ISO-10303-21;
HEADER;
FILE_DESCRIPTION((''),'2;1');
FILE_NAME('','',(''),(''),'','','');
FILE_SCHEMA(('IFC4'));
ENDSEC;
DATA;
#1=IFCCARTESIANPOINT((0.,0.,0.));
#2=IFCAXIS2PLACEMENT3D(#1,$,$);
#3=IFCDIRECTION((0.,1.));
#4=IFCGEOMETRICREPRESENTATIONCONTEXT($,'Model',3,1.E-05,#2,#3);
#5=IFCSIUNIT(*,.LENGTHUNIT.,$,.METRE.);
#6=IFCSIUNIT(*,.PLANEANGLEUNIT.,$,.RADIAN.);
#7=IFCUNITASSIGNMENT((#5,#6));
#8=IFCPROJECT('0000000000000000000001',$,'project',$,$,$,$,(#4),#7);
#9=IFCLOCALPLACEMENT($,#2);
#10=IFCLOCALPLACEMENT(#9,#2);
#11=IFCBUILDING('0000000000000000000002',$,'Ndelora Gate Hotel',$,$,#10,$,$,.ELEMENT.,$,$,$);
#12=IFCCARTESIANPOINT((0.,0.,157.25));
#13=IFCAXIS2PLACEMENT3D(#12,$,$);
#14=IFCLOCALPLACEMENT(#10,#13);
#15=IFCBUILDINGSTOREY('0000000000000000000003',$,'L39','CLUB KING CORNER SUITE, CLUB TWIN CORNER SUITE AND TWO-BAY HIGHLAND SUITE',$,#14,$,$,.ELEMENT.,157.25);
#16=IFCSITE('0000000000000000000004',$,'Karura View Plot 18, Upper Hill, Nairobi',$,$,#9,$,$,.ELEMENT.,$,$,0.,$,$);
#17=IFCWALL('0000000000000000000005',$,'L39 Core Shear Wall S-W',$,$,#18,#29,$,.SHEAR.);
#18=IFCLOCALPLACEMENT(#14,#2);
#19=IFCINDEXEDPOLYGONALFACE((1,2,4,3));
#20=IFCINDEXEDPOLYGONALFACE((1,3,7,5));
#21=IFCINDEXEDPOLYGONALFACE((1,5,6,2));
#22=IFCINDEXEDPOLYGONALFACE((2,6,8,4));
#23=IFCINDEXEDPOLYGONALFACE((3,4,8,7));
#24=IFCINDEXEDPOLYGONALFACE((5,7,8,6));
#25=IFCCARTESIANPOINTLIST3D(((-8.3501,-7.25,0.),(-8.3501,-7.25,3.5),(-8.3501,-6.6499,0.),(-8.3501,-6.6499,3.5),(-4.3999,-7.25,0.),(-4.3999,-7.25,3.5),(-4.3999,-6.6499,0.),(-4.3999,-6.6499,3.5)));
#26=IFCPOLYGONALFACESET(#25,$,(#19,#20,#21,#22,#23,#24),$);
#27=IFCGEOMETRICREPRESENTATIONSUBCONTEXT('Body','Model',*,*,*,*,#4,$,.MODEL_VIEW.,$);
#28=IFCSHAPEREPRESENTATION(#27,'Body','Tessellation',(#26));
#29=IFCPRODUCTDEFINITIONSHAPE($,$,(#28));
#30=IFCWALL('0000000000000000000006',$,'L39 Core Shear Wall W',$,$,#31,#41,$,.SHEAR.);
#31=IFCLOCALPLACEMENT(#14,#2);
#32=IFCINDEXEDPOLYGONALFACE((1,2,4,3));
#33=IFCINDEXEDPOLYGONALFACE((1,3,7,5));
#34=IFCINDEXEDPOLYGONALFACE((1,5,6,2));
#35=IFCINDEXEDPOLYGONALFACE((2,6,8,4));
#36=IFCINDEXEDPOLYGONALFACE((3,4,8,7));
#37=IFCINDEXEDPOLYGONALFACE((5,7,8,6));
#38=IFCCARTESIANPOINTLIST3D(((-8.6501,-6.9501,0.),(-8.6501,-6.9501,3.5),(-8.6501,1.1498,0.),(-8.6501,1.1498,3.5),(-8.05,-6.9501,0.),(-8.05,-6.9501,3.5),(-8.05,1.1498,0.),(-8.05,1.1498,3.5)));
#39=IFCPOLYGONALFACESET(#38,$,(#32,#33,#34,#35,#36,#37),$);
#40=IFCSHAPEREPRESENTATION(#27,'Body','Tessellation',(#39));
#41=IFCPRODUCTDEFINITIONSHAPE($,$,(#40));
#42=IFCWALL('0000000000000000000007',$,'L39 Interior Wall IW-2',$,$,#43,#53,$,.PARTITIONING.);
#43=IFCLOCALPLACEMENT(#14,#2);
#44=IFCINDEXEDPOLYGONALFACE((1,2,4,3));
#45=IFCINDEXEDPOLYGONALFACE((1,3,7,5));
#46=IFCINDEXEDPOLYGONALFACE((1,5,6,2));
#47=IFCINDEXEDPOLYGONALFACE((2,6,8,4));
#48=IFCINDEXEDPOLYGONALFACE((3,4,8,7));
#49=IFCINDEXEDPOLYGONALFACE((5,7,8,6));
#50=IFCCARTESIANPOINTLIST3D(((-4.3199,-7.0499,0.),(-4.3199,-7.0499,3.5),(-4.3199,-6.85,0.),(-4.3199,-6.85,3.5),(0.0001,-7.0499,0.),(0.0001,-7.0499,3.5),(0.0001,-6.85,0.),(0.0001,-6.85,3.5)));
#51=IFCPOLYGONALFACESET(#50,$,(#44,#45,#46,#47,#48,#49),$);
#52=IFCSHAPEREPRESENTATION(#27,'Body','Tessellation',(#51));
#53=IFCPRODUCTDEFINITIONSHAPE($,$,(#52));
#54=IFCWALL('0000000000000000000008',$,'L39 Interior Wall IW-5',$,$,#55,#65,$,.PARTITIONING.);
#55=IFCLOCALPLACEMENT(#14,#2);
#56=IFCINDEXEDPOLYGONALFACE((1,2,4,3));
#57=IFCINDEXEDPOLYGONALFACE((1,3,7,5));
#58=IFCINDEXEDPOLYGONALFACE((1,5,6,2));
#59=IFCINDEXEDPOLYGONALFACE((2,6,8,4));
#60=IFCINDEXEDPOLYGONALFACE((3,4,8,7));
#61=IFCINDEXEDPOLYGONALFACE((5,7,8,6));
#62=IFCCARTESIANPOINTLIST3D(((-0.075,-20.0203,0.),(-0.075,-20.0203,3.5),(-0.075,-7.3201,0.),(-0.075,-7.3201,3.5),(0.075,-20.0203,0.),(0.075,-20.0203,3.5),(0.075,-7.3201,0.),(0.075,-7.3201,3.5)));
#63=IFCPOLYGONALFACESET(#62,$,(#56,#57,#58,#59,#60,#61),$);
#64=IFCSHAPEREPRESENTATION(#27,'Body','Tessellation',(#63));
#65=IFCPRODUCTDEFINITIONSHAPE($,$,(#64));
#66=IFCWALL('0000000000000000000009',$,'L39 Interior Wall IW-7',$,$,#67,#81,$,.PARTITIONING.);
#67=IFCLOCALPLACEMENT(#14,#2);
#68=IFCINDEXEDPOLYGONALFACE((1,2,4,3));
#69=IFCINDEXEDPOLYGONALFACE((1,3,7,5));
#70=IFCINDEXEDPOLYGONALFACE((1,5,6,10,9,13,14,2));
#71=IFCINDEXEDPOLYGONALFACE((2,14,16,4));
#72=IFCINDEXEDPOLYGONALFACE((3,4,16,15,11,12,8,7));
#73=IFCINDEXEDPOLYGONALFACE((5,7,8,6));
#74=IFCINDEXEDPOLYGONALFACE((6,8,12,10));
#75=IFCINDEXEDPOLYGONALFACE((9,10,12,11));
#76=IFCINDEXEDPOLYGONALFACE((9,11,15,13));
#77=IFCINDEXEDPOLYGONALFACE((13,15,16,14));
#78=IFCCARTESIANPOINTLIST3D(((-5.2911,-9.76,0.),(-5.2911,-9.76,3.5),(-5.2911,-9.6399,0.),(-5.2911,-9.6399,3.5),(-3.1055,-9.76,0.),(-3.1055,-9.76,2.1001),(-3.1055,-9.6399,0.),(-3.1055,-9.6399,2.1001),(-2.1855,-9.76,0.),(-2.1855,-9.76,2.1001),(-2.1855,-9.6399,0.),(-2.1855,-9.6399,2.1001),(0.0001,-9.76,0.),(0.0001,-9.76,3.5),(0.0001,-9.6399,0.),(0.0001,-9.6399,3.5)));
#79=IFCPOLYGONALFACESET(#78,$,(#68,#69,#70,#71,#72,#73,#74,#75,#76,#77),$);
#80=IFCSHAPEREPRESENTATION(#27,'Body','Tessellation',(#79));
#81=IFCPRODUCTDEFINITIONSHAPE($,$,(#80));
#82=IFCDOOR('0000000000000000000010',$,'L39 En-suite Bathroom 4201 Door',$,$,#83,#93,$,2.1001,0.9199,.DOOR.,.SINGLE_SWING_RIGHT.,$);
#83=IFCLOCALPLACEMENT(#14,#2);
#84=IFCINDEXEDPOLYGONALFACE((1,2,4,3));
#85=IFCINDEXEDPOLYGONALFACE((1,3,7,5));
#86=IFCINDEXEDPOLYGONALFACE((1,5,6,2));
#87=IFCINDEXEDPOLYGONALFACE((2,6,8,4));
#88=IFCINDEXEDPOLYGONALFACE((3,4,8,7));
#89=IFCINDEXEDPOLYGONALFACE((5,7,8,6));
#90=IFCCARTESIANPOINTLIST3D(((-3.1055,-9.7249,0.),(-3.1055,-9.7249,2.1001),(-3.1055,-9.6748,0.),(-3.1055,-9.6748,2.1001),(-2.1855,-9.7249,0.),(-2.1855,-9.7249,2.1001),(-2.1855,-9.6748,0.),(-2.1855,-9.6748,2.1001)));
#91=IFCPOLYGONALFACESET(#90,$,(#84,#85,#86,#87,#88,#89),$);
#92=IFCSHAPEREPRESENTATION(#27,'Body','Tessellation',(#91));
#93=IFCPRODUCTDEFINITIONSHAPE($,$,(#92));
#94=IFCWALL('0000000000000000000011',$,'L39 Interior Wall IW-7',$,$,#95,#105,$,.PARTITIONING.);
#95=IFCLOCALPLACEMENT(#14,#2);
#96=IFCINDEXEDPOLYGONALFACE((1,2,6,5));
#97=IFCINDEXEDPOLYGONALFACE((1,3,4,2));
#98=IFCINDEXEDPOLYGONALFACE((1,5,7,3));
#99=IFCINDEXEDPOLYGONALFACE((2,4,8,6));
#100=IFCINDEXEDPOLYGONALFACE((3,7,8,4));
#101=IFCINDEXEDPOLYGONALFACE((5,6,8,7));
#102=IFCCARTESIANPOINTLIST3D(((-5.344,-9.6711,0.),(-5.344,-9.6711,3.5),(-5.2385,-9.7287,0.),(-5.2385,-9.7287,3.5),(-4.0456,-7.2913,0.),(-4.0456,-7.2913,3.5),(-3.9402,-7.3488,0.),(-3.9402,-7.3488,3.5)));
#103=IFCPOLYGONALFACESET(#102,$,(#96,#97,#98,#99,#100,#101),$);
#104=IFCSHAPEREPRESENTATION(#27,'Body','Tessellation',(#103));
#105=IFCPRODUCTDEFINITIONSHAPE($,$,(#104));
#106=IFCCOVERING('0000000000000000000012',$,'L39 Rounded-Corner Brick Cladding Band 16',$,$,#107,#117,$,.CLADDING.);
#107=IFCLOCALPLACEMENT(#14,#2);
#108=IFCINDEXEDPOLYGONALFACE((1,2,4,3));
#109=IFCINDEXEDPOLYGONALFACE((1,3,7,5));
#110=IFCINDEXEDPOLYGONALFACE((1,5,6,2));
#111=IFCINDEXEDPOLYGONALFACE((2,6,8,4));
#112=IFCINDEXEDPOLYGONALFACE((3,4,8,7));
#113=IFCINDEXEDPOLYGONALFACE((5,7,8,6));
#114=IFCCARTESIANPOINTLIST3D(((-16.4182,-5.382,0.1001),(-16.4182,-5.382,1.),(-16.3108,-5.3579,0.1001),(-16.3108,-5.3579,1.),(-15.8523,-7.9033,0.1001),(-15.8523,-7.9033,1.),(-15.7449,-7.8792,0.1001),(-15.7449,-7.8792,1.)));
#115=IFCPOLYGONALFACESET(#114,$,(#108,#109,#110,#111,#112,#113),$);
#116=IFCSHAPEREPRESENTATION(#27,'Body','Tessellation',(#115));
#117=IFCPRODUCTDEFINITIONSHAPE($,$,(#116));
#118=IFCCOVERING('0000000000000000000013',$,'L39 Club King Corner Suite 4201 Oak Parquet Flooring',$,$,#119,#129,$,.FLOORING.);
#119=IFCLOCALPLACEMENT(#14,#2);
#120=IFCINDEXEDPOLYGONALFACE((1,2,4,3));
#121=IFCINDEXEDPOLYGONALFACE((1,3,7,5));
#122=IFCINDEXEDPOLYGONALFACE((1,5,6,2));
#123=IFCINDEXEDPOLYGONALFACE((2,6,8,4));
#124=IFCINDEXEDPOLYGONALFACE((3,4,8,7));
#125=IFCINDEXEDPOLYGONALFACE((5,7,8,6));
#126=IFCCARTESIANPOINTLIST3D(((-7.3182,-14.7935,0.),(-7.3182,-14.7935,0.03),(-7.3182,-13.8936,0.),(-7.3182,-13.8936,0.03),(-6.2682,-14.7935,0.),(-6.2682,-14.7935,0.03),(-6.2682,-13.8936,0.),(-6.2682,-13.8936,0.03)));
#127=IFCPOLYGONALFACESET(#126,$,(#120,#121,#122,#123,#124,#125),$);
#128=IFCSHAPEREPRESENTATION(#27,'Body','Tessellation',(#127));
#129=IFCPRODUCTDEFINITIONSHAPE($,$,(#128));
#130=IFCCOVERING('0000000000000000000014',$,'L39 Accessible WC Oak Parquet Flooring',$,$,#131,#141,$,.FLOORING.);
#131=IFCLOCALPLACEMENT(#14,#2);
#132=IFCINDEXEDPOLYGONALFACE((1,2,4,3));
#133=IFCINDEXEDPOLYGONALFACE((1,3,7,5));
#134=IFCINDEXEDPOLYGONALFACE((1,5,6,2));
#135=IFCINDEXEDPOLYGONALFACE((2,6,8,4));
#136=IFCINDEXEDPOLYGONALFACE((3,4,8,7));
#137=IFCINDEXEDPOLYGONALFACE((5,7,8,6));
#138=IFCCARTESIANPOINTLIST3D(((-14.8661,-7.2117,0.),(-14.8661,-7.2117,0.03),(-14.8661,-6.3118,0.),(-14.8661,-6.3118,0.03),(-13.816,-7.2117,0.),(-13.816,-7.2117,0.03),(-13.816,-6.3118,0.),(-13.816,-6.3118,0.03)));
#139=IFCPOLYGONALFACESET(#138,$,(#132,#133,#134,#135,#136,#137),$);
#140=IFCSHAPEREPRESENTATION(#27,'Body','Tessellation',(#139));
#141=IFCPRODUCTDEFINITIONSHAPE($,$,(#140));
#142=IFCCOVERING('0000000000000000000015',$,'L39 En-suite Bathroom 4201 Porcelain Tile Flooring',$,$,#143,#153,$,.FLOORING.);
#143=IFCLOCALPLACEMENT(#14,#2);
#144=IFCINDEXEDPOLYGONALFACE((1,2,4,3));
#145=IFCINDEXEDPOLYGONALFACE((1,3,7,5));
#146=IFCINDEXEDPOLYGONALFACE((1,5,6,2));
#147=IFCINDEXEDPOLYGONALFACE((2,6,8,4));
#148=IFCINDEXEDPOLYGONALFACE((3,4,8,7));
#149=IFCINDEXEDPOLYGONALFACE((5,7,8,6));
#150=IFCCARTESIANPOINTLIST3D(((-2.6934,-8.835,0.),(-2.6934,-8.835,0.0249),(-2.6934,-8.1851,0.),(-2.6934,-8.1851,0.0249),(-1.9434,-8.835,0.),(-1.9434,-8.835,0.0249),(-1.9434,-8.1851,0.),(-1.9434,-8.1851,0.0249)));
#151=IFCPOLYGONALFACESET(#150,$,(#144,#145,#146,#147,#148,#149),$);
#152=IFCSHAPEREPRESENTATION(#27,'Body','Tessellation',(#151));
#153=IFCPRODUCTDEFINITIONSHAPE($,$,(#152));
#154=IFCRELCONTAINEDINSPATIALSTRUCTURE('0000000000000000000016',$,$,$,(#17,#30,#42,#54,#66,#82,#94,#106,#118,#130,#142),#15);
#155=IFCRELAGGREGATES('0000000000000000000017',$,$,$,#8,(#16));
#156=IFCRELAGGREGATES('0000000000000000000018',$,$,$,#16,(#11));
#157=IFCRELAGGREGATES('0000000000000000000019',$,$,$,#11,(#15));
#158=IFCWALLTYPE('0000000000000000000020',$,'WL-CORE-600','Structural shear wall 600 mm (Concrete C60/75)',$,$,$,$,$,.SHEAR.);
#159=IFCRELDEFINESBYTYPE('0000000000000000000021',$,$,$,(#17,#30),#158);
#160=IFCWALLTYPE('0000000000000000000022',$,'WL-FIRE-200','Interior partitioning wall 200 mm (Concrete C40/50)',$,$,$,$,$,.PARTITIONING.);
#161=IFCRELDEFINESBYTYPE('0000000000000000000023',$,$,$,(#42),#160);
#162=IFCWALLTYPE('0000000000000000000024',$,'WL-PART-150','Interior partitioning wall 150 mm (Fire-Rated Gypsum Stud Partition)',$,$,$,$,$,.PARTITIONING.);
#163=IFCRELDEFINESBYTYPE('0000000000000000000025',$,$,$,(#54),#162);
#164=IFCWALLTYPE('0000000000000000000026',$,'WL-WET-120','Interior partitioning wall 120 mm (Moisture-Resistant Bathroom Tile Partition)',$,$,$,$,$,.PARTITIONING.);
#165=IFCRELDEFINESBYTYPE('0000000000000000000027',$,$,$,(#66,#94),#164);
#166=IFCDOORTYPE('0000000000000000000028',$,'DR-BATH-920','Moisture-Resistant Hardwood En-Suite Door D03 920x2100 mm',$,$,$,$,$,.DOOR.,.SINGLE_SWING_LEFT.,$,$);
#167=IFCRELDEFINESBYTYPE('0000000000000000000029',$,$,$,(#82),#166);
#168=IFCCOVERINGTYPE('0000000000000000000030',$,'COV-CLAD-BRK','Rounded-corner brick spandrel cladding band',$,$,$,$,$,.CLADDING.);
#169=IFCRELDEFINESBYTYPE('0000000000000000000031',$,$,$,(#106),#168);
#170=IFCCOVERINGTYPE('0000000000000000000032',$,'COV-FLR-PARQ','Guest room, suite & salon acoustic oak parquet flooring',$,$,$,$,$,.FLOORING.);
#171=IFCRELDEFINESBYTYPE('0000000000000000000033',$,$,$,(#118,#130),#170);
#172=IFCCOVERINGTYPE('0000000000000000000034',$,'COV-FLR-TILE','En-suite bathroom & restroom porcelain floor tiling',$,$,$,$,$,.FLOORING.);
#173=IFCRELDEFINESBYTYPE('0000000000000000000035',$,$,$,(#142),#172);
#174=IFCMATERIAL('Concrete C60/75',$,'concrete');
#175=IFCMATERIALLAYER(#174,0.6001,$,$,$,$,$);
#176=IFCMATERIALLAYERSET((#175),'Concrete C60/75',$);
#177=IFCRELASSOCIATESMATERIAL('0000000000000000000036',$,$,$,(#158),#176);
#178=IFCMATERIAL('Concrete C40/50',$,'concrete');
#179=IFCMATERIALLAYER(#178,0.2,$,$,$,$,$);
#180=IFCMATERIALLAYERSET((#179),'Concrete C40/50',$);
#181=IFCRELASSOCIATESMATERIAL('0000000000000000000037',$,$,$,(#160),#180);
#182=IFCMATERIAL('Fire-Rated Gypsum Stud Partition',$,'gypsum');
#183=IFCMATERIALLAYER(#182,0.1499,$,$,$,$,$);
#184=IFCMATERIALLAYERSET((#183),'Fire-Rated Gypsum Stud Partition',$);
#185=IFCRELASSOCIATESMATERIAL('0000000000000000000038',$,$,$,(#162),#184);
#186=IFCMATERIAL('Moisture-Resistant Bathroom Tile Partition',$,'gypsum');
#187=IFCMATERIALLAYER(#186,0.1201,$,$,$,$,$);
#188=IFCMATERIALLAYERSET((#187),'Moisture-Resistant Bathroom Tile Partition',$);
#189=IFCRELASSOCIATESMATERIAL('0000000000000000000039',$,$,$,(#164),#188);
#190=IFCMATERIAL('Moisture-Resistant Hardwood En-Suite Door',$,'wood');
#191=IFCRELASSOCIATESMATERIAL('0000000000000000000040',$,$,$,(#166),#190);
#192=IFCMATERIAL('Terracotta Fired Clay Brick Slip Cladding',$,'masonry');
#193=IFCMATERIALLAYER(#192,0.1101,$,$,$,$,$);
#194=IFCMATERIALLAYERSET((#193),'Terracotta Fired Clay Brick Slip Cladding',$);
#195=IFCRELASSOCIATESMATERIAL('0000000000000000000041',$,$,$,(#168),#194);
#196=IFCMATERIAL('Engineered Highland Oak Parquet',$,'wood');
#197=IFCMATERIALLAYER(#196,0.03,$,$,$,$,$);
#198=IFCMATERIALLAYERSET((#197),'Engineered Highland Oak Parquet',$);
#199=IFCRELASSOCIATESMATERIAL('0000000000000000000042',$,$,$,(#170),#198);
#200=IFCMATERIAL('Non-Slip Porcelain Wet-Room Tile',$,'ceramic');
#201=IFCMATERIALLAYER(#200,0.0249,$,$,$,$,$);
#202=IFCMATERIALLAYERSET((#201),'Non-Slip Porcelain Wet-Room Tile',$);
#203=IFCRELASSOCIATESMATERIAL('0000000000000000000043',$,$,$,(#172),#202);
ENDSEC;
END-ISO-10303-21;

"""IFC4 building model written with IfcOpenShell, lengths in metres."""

from ifc_helpers import new_model, si_unit, direction, frame, frame_2d, origin, origin_2d, place, context, subcontext, project, spatial, rectangle, extrude, material, layer, layer_set, type_object, element, fill, save


model = new_model("IFC4")

# Units and contexts
model_context = context("Model", 3, precision=1e-05, world=origin(), true_north=direction((0.0, 1.0)))
body_context = subcontext(model_context, "Body", "Model", "MODEL_VIEW")
ifc_project = project(units=[si_unit("LENGTHUNIT", "METRE"), si_unit("PLANEANGLEUNIT", "RADIAN")], contexts=[model_context])

# Site, building, storey
site_placement = place(None, origin())
site = spatial("IfcSite", under=ifc_project, at=site_placement, Name="Karura View Plot 18, Upper Hill, Nairobi", CompositionType="ELEMENT", RefElevation=0.0)
building_placement = place(site_placement, origin())
building = spatial("IfcBuilding", under=site, at=building_placement, Name="Ndelora Gate Hotel", CompositionType="ELEMENT")
storey_placement = place(building_placement, frame((0.0, 0.0, 157.25)))
storey = spatial("IfcBuildingStorey", under=building, at=storey_placement, Name="L39", Description="CLUB KING CORNER SUITE, CLUB TWIN CORNER SUITE AND TWO-BAY HIGHLAND SUITE", CompositionType="ELEMENT", Elevation=157.25)

# Shared definitions
ifc_material_1 = material(Name="Concrete C60/75", Category="concrete")

# Walls
ifc_layer_1 = layer(ifc_material_1, 0.6001)
ifc_layer_set_1 = layer_set([ifc_layer_1], Name="Concrete C60/75")
wall_type_1 = type_object("IfcWallType", Name="WL-CORE-600", Description="Structural shear wall 600 mm (Concrete C60/75)", PredefinedType="SHEAR", material=ifc_layer_set_1)
wall_1_placement = place(storey_placement, frame((-8.3501, -6.95, 0.0), z_axis=(0.0, 0.0, 1.0), x_axis=(1.0, 0.0, 0.0)))
element("IfcWall", 1, at=wall_1_placement, inside=storey, type_object=wall_type_1, Name="L39 Core Shear Wall S-W", PredefinedType="SHEAR", context=body_context, shape_type="SweptSolid", body=[
    extrude(rectangle(XDim=3.9502, YDim=0.6001, at=frame_2d((1.9751, 0.0))), origin(), (0.0, 0.0, 1.0), 3.5),
])
wall_2_placement = place(storey_placement, frame((-8.3501, -6.95, 0.0), z_axis=(0.0, 0.0, 1.0), x_axis=(0.0, 1.0, 0.0)))
element("IfcWall", 2, at=wall_2_placement, inside=storey, type_object=wall_type_1, Name="L39 Core Shear Wall W", PredefinedType="SHEAR", context=body_context, shape_type="SweptSolid", body=[
    extrude(rectangle(XDim=8.0999, YDim=0.6001, at=frame_2d((4.0498, 0.0))), origin(), (0.0, 0.0, 1.0), 3.5),
])
ifc_material_2 = material(Name="Concrete C40/50", Category="concrete")
ifc_layer_2 = layer(ifc_material_2, 0.2)
ifc_layer_set_2 = layer_set([ifc_layer_2], Name="Concrete C40/50")
wall_type_2 = type_object("IfcWallType", Name="WL-FIRE-200", Description="Interior partitioning wall 200 mm (Concrete C40/50)", PredefinedType="PARTITIONING", material=ifc_layer_set_2)
wall_3_placement = place(storey_placement, frame((-4.3201, -6.95, 0.0), z_axis=(0.0, 0.0, 1.0), x_axis=(1.0, 0.0, 0.0)))
element("IfcWall", 3, at=wall_3_placement, inside=storey, type_object=wall_type_2, Name="L39 Interior Wall IW-2", PredefinedType="PARTITIONING", context=body_context, shape_type="SweptSolid", body=[
    extrude(rectangle(XDim=4.3201, YDim=0.2, at=frame_2d((2.1602, 0.0))), origin(), (0.0, 0.0, 1.0), 3.5),
])
ifc_material_3 = material(Name="Fire-Rated Gypsum Stud Partition", Category="gypsum")
ifc_layer_3 = layer(ifc_material_3, 0.1499)
ifc_layer_set_3 = layer_set([ifc_layer_3], Name="Fire-Rated Gypsum Stud Partition")
wall_type_3 = type_object("IfcWallType", Name="WL-PART-150", Description="Interior partitioning wall 150 mm (Fire-Rated Gypsum Stud Partition)", PredefinedType="PARTITIONING", material=ifc_layer_set_3)
wall_4_placement = place(storey_placement, frame((0.0, -7.3201, 0.0), z_axis=(0.0, 0.0, 1.0), x_axis=(0.0, -1.0, 0.0)))
element("IfcWall", 4, at=wall_4_placement, inside=storey, type_object=wall_type_3, Name="L39 Interior Wall IW-5", PredefinedType="PARTITIONING", context=body_context, shape_type="SweptSolid", body=[
    extrude(rectangle(XDim=12.7002, YDim=0.1499, at=frame_2d((6.3501, 0.0))), origin(), (0.0, 0.0, 1.0), 3.5),
])

# Wall, opening, door
ifc_material_4 = material(Name="Moisture-Resistant Bathroom Tile Partition", Category="gypsum")
ifc_layer_4 = layer(ifc_material_4, 0.1201)
ifc_layer_set_4 = layer_set([ifc_layer_4], Name="Moisture-Resistant Bathroom Tile Partition")
wall_type_4 = type_object("IfcWallType", Name="WL-WET-120", Description="Interior partitioning wall 120 mm (Moisture-Resistant Bathroom Tile Partition)", PredefinedType="PARTITIONING", material=ifc_layer_set_4)
wall_5_placement = place(storey_placement, frame((0.0, -9.7, 0.0), z_axis=(0.0, 0.0, 1.0), x_axis=(-1.0, 0.0, 0.0)))
wall_5 = element("IfcWall", 5, at=wall_5_placement, inside=storey, type_object=wall_type_4, Name="L39 Interior Wall IW-7", PredefinedType="PARTITIONING", context=body_context, shape_type="SweptSolid", body=[
    extrude(rectangle(XDim=5.2913, YDim=0.1201, at=frame_2d((2.6455, 0.0))), origin(), (0.0, 0.0, 1.0), 3.5),
])
opening_1_placement = place(wall_5_placement, frame((2.1855, 0.0, 0.0)))
opening_1 = element("IfcOpeningElement", 6, at=opening_1_placement, cuts=wall_5, PredefinedType="OPENING", context=body_context, shape_type="SweptSolid", body=[
    extrude(rectangle(XDim=0.9199, YDim=2.1001, at=frame_2d((0.46, 1.05))), frame((0.0, 0.0701, 0.0), z_axis=(0.0, -1.0, 0.0), x_axis=(1.0, 0.0, 0.0)), (0.0, 0.0, 1.0), 0.1401),
])
ifc_material_5 = material(Name="Moisture-Resistant Hardwood En-Suite Door", Category="wood")
door_type = type_object("IfcDoorType", Name="DR-BATH-920", Description="Moisture-Resistant Hardwood En-Suite Door D03 920x2100 mm", OperationType="SINGLE_SWING_LEFT", PredefinedType="DOOR", material=ifc_material_5)
door_placement = place(opening_1_placement, origin())
door = element("IfcDoor", 7, at=door_placement, inside=storey, type_object=door_type, Name="L39 En-suite Bathroom 4201 Door", OperationType="SINGLE_SWING_RIGHT", OverallHeight=2.1001, OverallWidth=0.9199, PredefinedType="DOOR", context=body_context, shape_type="SweptSolid", body=[
    extrude(rectangle(XDim=0.9199, YDim=2.1001, at=frame_2d((0.46, 1.05))), frame((0.0, 0.0249, 0.0), z_axis=(0.0, -1.0, 0.0), x_axis=(1.0, 0.0, 0.0)), (0.0, 0.0, 1.0), 0.05),
])
fill(opening_1, door)

# Wall
wall_6_placement = place(storey_placement, frame((-3.9929, -7.3201, 0.0), z_axis=(0.0, 0.0, 1.0), x_axis=(-0.478915, -0.877861, 0.0)))
element("IfcWall", 8, at=wall_6_placement, inside=storey, type_object=wall_type_4, Name="L39 Interior Wall IW-7", PredefinedType="PARTITIONING", context=body_context, shape_type="SweptSolid", body=[
    extrude(rectangle(XDim=2.7109, YDim=0.1201, at=frame_2d((1.3555, 0.0))), origin(), (0.0, 0.0, 1.0), 3.5),
])

# Coverings
ifc_material_6 = material(Name="Terracotta Fired Clay Brick Slip Cladding", Category="masonry")
ifc_layer_5 = layer(ifc_material_6, 0.1101)
ifc_layer_set_5 = layer_set([ifc_layer_5], Name="Terracotta Fired Clay Brick Slip Cladding")
covering_type_1 = type_object("IfcCoveringType", Name="COV-CLAD-BRK", Description="Rounded-corner brick spandrel cladding band", PredefinedType="CLADDING", material=ifc_layer_set_5)
covering_1_placement = place(storey_placement, frame((-16.0815, -6.6306, 0.1001), z_axis=(0.0, 0.0, 1.0), x_axis=(-0.218995, 0.975726, 0.0)))
element("IfcCovering", 9, at=covering_1_placement, inside=storey, type_object=covering_type_1, Name="L39 Rounded-Corner Brick Cladding Band 16", PredefinedType="CLADDING", context=body_context, shape_type="SweptSolid", body=[
    extrude(rectangle(XDim=2.584, YDim=0.1101, at=origin_2d()), origin(), (0.0, 0.0, 1.0), 0.8999),
])
ifc_material_7 = material(Name="Engineered Highland Oak Parquet", Category="wood")
ifc_layer_6 = layer(ifc_material_7, 0.03)
ifc_layer_set_6 = layer_set([ifc_layer_6], Name="Engineered Highland Oak Parquet")
covering_type_2 = type_object("IfcCoveringType", Name="COV-FLR-PARQ", Description="Guest room, suite & salon acoustic oak parquet flooring", PredefinedType="FLOORING", material=ifc_layer_set_6)
for number, where, z_axis, x_axis, name in (
    (10, (-6.7932, -14.3435, 0.0), (0.0, 0.0, 1.0), (1.0, 0.0, 0.0), "L39 Club King Corner Suite 4201 Oak Parquet Flooring"),
    (11, (-14.3411, -6.7617, 0.0), (0.0, 0.0, 1.0), (1.0, 0.0, 0.0), "L39 Accessible WC Oak Parquet Flooring"),
):
    element("IfcCovering", number, at=place(storey_placement, frame(where, z_axis=z_axis, x_axis=x_axis)), inside=storey, type_object=covering_type_2, Name=name, PredefinedType="FLOORING", context=body_context, shape_type="SweptSolid", body=[
        extrude(rectangle(XDim=1.05, YDim=0.8999, at=origin_2d()), origin(), (0.0, 0.0, 1.0), 0.03),
    ])
ifc_material_8 = material(Name="Non-Slip Porcelain Wet-Room Tile", Category="ceramic")
ifc_layer_7 = layer(ifc_material_8, 0.0249)
ifc_layer_set_7 = layer_set([ifc_layer_7], Name="Non-Slip Porcelain Wet-Room Tile")
covering_type_3 = type_object("IfcCoveringType", Name="COV-FLR-TILE", Description="En-suite bathroom & restroom porcelain floor tiling", PredefinedType="FLOORING", material=ifc_layer_set_7)
covering_2_placement = place(storey_placement, frame((-2.3184, -8.51, 0.0), z_axis=(0.0, 0.0, 1.0), x_axis=(1.0, 0.0, 0.0)))
element("IfcCovering", 12, at=covering_2_placement, inside=storey, type_object=covering_type_3, Name="L39 En-suite Bathroom 4201 Porcelain Tile Flooring", PredefinedType="FLOORING", context=body_context, shape_type="SweptSolid", body=[
    extrude(rectangle(XDim=0.75, YDim=0.6499, at=origin_2d()), origin(), (0.0, 0.0, 1.0), 0.0249),
])

save(model, "model.ifc")
